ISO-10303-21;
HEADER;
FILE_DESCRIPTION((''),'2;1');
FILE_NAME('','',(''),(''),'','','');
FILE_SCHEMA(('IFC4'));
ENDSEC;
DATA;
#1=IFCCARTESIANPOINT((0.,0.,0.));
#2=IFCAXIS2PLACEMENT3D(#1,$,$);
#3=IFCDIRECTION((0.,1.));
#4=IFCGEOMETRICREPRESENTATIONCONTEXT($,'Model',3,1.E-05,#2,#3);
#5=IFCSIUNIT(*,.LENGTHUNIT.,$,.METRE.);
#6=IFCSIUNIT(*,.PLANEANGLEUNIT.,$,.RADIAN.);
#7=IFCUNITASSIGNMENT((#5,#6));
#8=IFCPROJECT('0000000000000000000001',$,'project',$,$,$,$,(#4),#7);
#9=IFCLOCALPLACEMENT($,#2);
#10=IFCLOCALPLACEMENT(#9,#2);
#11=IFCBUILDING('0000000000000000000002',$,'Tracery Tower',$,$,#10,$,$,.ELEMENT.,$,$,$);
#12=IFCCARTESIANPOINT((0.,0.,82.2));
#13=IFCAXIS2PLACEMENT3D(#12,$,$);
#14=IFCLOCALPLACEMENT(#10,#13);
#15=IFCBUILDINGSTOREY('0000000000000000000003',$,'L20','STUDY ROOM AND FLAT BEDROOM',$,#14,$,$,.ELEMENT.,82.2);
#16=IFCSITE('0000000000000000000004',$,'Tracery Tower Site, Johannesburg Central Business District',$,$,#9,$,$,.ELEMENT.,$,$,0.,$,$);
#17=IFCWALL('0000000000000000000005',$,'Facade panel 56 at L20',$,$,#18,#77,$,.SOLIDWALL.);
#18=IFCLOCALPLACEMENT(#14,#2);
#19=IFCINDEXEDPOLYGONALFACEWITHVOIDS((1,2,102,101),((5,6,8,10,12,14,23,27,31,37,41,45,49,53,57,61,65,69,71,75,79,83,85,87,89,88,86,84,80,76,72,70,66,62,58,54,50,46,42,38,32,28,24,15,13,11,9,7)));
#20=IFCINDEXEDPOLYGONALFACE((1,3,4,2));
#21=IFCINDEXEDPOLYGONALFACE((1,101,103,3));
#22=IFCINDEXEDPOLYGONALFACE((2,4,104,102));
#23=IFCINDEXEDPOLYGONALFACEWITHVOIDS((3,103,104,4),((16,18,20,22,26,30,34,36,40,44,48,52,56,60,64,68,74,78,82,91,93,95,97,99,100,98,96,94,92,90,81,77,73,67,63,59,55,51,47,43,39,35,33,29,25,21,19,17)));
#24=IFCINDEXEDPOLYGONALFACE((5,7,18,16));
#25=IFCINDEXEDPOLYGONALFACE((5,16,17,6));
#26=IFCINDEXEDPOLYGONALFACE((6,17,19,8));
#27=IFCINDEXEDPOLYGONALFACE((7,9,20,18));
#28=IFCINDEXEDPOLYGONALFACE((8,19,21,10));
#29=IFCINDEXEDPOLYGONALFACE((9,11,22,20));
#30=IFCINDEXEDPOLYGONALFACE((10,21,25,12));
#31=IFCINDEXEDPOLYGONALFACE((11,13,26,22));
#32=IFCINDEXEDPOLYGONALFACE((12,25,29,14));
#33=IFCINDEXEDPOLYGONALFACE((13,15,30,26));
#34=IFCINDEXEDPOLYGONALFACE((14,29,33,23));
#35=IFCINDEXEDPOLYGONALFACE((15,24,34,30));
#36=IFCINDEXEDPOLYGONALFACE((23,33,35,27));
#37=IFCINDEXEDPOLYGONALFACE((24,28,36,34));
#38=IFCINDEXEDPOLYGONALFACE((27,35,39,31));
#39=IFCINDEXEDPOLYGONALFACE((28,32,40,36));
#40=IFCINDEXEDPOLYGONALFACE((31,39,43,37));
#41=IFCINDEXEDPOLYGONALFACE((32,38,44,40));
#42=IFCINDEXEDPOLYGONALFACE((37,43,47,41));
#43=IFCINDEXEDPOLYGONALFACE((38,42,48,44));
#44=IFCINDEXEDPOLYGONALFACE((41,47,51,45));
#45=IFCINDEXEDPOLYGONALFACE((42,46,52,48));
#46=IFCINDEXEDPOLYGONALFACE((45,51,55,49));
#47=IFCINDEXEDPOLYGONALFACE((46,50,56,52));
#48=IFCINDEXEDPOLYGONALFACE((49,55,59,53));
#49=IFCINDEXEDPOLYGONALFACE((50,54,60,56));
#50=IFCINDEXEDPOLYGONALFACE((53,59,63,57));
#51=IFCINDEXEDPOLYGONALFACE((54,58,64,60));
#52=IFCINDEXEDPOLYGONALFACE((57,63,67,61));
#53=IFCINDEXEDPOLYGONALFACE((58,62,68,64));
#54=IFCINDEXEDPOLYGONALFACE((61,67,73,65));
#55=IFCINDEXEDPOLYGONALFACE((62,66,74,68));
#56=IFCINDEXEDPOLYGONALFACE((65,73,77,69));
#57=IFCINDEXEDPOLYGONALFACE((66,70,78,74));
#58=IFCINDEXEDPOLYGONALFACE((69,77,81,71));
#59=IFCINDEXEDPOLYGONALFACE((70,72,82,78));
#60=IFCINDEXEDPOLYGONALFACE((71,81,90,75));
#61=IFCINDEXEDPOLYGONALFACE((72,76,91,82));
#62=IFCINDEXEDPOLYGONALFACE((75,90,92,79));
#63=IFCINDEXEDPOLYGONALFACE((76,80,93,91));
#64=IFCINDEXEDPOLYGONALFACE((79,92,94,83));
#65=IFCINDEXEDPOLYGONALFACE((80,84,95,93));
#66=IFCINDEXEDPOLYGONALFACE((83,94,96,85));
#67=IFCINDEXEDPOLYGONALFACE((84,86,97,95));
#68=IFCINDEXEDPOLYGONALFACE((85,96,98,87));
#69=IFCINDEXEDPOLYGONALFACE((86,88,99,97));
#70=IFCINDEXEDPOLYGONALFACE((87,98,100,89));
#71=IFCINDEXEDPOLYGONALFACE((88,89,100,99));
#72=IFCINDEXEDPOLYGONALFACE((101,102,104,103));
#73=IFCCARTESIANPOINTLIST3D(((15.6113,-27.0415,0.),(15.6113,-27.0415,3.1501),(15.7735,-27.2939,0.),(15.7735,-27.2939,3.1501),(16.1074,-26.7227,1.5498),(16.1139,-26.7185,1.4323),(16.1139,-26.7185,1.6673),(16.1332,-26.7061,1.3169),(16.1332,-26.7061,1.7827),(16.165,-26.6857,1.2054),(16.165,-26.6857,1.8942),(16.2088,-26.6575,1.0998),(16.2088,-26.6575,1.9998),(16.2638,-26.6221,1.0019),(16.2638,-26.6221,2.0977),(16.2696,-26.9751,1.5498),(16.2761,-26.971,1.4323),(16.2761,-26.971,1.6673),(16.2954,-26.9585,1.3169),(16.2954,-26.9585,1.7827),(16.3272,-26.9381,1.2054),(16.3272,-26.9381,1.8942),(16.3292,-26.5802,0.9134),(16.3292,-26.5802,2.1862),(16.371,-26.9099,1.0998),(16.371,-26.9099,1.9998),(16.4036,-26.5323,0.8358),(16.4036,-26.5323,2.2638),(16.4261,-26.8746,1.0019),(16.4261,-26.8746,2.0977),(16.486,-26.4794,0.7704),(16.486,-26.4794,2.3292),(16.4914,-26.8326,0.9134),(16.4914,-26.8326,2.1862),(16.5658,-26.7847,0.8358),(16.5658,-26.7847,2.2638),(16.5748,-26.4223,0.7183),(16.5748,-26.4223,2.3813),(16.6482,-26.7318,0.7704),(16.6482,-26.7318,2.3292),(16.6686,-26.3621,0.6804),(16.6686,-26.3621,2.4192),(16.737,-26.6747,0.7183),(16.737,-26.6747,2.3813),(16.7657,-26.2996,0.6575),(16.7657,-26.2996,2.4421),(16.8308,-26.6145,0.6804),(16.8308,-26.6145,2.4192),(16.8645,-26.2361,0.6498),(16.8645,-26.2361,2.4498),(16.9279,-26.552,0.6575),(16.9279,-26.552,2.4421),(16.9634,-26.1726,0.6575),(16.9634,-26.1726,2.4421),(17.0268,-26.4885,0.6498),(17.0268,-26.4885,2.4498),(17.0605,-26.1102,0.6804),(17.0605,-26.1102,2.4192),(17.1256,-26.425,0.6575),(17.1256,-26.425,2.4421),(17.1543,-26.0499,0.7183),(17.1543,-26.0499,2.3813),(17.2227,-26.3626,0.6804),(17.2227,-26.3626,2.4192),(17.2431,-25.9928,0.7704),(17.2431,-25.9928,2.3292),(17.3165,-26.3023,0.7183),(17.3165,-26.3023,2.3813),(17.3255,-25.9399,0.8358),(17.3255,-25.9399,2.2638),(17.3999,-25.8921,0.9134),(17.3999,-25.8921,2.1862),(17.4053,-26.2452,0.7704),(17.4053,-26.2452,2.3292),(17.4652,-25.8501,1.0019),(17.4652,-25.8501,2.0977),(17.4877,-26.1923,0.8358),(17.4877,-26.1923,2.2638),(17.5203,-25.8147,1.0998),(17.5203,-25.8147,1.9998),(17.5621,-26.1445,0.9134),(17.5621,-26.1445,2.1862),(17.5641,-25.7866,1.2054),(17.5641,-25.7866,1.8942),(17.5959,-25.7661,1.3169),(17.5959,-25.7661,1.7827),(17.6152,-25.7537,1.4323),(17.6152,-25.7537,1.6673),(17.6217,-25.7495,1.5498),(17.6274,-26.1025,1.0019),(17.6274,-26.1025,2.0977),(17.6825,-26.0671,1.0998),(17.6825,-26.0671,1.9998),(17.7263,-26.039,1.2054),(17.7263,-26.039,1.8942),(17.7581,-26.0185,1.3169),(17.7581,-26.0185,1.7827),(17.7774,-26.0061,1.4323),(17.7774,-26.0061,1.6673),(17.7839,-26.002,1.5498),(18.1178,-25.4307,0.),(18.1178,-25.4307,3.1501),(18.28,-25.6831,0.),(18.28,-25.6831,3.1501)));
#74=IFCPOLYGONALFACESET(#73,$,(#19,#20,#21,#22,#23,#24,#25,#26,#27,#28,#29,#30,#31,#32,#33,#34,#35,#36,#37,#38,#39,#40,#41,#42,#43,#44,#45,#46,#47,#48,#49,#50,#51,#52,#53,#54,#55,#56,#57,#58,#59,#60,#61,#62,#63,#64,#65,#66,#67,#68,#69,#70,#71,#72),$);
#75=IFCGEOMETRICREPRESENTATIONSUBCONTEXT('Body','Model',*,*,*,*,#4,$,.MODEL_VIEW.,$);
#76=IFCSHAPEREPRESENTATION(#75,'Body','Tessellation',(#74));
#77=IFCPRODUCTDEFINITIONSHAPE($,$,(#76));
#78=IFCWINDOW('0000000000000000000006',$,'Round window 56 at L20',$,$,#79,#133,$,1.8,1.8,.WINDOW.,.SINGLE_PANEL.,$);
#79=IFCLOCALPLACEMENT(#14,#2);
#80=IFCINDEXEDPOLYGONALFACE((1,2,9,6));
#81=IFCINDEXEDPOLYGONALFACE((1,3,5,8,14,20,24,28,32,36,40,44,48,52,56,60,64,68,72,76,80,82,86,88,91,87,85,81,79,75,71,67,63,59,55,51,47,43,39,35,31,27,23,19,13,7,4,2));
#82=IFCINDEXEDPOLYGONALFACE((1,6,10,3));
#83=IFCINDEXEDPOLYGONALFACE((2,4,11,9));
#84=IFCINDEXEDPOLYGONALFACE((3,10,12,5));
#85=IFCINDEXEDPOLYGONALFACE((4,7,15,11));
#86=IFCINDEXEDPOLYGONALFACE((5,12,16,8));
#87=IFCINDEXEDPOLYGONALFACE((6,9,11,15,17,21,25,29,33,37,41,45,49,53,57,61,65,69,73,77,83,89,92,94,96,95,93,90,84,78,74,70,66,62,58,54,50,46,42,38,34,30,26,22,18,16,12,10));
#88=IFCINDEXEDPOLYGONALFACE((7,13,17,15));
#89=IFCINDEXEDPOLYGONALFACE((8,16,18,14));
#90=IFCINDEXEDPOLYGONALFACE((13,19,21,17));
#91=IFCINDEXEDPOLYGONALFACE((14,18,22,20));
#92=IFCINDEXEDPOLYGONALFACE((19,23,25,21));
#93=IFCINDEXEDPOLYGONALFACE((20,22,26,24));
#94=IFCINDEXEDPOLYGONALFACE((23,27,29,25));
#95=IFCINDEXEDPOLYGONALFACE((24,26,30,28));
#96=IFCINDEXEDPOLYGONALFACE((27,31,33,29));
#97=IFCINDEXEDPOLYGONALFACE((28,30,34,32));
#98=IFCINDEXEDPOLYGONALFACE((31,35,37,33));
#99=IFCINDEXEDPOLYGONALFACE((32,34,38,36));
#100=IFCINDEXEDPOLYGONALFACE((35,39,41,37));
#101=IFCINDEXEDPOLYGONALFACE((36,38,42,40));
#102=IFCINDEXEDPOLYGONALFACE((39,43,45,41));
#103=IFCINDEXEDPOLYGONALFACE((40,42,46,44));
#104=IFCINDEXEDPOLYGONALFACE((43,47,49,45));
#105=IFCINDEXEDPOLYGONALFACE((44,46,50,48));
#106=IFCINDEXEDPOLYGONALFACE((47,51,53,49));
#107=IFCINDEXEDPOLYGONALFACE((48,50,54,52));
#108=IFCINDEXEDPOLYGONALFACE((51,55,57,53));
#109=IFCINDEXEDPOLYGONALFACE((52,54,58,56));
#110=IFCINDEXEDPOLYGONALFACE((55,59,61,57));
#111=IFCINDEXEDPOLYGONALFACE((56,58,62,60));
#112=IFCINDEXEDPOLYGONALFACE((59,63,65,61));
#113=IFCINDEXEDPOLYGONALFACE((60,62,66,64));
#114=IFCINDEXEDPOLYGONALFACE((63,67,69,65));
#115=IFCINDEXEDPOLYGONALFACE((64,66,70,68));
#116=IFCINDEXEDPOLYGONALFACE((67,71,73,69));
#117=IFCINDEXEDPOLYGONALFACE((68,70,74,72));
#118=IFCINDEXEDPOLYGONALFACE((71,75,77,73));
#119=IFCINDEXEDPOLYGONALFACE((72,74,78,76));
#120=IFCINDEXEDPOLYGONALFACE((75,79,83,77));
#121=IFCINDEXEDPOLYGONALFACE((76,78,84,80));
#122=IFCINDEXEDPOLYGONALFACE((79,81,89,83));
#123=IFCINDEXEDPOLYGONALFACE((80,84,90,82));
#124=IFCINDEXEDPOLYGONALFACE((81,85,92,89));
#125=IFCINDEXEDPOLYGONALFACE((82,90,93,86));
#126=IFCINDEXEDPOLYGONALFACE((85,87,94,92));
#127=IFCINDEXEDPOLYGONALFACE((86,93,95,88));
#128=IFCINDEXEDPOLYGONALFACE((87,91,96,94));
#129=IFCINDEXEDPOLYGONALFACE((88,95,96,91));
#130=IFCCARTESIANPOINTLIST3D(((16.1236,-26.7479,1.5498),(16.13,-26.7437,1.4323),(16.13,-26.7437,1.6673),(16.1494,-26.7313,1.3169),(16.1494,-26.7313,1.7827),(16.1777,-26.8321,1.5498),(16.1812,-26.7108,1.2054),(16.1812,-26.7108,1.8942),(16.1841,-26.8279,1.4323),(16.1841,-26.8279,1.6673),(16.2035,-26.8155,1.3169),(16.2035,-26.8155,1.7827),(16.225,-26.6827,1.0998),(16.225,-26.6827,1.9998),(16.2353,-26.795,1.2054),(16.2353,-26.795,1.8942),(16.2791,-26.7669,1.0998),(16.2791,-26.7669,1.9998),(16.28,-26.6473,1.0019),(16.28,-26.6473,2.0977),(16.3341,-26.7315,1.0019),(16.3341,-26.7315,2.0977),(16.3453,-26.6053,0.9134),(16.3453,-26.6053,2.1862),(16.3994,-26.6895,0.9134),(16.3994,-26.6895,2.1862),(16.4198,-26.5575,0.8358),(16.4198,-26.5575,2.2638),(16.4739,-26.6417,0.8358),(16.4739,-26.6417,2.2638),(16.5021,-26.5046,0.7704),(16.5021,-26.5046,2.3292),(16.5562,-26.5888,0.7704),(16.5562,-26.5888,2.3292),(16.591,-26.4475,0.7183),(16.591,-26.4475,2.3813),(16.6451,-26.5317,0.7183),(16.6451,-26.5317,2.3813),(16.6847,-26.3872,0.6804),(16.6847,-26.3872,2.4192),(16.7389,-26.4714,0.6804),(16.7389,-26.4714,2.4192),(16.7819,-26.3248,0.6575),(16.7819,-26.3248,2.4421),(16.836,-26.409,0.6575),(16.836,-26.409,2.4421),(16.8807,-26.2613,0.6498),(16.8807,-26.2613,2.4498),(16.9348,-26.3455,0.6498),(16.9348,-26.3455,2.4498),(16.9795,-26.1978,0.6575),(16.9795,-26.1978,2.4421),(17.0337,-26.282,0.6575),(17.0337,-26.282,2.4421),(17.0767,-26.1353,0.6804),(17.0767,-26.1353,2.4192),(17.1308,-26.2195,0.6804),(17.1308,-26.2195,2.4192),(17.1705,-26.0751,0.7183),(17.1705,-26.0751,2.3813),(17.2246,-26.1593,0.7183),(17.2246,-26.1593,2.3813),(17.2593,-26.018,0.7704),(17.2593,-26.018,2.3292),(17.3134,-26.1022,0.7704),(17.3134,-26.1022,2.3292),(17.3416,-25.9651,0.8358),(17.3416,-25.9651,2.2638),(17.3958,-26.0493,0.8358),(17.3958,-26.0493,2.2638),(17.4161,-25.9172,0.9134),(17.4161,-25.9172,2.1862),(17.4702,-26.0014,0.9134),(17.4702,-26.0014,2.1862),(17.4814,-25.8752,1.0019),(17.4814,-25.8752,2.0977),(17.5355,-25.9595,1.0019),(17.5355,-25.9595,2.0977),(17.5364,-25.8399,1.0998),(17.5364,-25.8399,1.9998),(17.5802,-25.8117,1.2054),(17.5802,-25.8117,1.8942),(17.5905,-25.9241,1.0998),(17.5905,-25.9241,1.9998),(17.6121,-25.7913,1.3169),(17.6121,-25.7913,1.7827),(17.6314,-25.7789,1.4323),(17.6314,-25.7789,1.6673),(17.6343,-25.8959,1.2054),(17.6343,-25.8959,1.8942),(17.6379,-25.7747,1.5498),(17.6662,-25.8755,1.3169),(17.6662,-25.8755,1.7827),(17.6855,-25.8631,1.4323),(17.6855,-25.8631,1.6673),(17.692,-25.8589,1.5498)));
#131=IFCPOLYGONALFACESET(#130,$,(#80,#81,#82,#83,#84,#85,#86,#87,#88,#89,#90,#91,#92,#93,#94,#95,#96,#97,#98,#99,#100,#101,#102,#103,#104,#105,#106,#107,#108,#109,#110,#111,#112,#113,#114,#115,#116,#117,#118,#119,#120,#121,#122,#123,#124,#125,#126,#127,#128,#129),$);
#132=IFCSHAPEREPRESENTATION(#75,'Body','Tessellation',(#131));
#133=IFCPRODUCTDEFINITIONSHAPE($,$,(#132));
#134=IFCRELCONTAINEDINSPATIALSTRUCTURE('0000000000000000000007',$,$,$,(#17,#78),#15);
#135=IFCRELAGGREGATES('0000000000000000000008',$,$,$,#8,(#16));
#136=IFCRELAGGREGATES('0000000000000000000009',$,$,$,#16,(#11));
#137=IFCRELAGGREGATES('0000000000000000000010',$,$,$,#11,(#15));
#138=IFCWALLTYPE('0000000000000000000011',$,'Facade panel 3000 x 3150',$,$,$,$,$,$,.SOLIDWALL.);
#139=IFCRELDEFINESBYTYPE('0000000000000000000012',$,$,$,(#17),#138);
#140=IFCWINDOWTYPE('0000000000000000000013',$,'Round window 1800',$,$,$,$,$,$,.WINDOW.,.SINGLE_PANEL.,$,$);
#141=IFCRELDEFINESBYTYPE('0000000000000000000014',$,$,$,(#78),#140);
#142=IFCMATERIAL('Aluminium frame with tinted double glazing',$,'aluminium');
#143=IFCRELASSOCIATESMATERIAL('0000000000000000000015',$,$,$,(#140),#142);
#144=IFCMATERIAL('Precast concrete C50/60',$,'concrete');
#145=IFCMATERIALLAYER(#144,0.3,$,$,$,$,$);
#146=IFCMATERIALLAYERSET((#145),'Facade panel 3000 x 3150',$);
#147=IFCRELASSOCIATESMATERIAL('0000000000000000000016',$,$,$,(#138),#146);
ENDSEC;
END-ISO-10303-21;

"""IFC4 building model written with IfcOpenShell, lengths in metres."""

from ifc_helpers import new_model, si_unit, direction, frame, frame_2d, origin, origin_2d, place, context, subcontext, project, spatial, rectangle, circle, extrude, material, layer, layer_set, type_object, element, fill, save


model = new_model("IFC4")

# Units and contexts
model_context = context("Model", 3, precision=1e-05, world=origin(), true_north=direction((0.0, 1.0)))
body_context = subcontext(model_context, "Body", "Model", "MODEL_VIEW")
ifc_project = project(units=[si_unit("LENGTHUNIT", "METRE"), si_unit("PLANEANGLEUNIT", "RADIAN")], contexts=[model_context])

# Site, building, storey
site_placement = place(None, origin())
site = spatial("IfcSite", under=ifc_project, at=site_placement, Name="Tracery Tower Site, Johannesburg Central Business District", CompositionType="ELEMENT", RefElevation=0.0)
building_placement = place(site_placement, origin())
building = spatial("IfcBuilding", under=site, at=building_placement, Name="Tracery Tower", CompositionType="ELEMENT")
storey_placement = place(building_placement, frame((0.0, 0.0, 82.2)))
storey = spatial("IfcBuildingStorey", under=building, at=storey_placement, Name="L20", Description="STUDY ROOM AND FLAT BEDROOM", CompositionType="ELEMENT", Elevation=82.2)

# Wall, opening, window
ifc_material_1 = material(Name="Aluminium frame with tinted double glazing", Category="aluminium")
window_type = type_object("IfcWindowType", Name="Round window 1800", PartitioningType="SINGLE_PANEL", PredefinedType="WINDOW", material=ifc_material_1)
ifc_material_2 = material(Name="Precast concrete C50/60", Category="concrete")
ifc_layer_1 = layer(ifc_material_2, 0.3)
ifc_layer_set_1 = layer_set([ifc_layer_1], Name="Facade panel 3000 x 3150")
wall_type_1 = type_object("IfcWallType", Name="Facade panel 3000 x 3150", PredefinedType="SOLIDWALL", material=ifc_layer_set_1)
wall_1_placement = place(storey_placement, frame((15.6924, -27.1677, 0.0), z_axis=(0.0, 0.0, 1.0), x_axis=(0.841261, 0.540629, 0.0)))
wall_1 = element("IfcWall", 1, at=wall_1_placement, inside=storey, type_object=wall_type_1, Name="Facade panel 56 at L20", PredefinedType="SOLIDWALL", context=body_context, shape_type="SweptSolid", body=[
    extrude(rectangle(XDim=2.9795, YDim=0.3, at=frame_2d((1.4897, 0.0))), origin(), (0.0, 0.0, 1.0), 3.1501),
])
opening_1_placement = place(wall_1_placement, frame((1.4897, 0.0, 1.5498)))
opening_1 = element("IfcOpeningElement", 2, at=opening_1_placement, cuts=wall_1, PredefinedType="OPENING", context=body_context, shape_type="SweptSolid", body=[
    extrude(circle(Radius=0.9, at=origin_2d()), frame((0.0, 0.1599, 0.0), z_axis=(0.0, -1.0, 0.0), x_axis=(1.0, 0.0, 0.0)), (0.0, 0.0, 1.0), 0.3201),
])
window_1_placement = place(opening_1_placement, origin())
window_1 = element("IfcWindow", 3, at=window_1_placement, inside=storey, type_object=window_type, Name="Round window 56 at L20", OverallHeight=1.8, OverallWidth=1.8, PartitioningType="SINGLE_PANEL", PredefinedType="WINDOW", context=body_context, shape_type="SweptSolid", body=[
    extrude(circle(Radius=0.9, at=origin_2d()), frame((0.0, 0.1201, 0.0), z_axis=(0.0, -1.0, 0.0), x_axis=(1.0, 0.0, 0.0)), (0.0, 0.0, 1.0), 0.1001),
])
fill(opening_1, window_1)

save(model, "model.ifc")
